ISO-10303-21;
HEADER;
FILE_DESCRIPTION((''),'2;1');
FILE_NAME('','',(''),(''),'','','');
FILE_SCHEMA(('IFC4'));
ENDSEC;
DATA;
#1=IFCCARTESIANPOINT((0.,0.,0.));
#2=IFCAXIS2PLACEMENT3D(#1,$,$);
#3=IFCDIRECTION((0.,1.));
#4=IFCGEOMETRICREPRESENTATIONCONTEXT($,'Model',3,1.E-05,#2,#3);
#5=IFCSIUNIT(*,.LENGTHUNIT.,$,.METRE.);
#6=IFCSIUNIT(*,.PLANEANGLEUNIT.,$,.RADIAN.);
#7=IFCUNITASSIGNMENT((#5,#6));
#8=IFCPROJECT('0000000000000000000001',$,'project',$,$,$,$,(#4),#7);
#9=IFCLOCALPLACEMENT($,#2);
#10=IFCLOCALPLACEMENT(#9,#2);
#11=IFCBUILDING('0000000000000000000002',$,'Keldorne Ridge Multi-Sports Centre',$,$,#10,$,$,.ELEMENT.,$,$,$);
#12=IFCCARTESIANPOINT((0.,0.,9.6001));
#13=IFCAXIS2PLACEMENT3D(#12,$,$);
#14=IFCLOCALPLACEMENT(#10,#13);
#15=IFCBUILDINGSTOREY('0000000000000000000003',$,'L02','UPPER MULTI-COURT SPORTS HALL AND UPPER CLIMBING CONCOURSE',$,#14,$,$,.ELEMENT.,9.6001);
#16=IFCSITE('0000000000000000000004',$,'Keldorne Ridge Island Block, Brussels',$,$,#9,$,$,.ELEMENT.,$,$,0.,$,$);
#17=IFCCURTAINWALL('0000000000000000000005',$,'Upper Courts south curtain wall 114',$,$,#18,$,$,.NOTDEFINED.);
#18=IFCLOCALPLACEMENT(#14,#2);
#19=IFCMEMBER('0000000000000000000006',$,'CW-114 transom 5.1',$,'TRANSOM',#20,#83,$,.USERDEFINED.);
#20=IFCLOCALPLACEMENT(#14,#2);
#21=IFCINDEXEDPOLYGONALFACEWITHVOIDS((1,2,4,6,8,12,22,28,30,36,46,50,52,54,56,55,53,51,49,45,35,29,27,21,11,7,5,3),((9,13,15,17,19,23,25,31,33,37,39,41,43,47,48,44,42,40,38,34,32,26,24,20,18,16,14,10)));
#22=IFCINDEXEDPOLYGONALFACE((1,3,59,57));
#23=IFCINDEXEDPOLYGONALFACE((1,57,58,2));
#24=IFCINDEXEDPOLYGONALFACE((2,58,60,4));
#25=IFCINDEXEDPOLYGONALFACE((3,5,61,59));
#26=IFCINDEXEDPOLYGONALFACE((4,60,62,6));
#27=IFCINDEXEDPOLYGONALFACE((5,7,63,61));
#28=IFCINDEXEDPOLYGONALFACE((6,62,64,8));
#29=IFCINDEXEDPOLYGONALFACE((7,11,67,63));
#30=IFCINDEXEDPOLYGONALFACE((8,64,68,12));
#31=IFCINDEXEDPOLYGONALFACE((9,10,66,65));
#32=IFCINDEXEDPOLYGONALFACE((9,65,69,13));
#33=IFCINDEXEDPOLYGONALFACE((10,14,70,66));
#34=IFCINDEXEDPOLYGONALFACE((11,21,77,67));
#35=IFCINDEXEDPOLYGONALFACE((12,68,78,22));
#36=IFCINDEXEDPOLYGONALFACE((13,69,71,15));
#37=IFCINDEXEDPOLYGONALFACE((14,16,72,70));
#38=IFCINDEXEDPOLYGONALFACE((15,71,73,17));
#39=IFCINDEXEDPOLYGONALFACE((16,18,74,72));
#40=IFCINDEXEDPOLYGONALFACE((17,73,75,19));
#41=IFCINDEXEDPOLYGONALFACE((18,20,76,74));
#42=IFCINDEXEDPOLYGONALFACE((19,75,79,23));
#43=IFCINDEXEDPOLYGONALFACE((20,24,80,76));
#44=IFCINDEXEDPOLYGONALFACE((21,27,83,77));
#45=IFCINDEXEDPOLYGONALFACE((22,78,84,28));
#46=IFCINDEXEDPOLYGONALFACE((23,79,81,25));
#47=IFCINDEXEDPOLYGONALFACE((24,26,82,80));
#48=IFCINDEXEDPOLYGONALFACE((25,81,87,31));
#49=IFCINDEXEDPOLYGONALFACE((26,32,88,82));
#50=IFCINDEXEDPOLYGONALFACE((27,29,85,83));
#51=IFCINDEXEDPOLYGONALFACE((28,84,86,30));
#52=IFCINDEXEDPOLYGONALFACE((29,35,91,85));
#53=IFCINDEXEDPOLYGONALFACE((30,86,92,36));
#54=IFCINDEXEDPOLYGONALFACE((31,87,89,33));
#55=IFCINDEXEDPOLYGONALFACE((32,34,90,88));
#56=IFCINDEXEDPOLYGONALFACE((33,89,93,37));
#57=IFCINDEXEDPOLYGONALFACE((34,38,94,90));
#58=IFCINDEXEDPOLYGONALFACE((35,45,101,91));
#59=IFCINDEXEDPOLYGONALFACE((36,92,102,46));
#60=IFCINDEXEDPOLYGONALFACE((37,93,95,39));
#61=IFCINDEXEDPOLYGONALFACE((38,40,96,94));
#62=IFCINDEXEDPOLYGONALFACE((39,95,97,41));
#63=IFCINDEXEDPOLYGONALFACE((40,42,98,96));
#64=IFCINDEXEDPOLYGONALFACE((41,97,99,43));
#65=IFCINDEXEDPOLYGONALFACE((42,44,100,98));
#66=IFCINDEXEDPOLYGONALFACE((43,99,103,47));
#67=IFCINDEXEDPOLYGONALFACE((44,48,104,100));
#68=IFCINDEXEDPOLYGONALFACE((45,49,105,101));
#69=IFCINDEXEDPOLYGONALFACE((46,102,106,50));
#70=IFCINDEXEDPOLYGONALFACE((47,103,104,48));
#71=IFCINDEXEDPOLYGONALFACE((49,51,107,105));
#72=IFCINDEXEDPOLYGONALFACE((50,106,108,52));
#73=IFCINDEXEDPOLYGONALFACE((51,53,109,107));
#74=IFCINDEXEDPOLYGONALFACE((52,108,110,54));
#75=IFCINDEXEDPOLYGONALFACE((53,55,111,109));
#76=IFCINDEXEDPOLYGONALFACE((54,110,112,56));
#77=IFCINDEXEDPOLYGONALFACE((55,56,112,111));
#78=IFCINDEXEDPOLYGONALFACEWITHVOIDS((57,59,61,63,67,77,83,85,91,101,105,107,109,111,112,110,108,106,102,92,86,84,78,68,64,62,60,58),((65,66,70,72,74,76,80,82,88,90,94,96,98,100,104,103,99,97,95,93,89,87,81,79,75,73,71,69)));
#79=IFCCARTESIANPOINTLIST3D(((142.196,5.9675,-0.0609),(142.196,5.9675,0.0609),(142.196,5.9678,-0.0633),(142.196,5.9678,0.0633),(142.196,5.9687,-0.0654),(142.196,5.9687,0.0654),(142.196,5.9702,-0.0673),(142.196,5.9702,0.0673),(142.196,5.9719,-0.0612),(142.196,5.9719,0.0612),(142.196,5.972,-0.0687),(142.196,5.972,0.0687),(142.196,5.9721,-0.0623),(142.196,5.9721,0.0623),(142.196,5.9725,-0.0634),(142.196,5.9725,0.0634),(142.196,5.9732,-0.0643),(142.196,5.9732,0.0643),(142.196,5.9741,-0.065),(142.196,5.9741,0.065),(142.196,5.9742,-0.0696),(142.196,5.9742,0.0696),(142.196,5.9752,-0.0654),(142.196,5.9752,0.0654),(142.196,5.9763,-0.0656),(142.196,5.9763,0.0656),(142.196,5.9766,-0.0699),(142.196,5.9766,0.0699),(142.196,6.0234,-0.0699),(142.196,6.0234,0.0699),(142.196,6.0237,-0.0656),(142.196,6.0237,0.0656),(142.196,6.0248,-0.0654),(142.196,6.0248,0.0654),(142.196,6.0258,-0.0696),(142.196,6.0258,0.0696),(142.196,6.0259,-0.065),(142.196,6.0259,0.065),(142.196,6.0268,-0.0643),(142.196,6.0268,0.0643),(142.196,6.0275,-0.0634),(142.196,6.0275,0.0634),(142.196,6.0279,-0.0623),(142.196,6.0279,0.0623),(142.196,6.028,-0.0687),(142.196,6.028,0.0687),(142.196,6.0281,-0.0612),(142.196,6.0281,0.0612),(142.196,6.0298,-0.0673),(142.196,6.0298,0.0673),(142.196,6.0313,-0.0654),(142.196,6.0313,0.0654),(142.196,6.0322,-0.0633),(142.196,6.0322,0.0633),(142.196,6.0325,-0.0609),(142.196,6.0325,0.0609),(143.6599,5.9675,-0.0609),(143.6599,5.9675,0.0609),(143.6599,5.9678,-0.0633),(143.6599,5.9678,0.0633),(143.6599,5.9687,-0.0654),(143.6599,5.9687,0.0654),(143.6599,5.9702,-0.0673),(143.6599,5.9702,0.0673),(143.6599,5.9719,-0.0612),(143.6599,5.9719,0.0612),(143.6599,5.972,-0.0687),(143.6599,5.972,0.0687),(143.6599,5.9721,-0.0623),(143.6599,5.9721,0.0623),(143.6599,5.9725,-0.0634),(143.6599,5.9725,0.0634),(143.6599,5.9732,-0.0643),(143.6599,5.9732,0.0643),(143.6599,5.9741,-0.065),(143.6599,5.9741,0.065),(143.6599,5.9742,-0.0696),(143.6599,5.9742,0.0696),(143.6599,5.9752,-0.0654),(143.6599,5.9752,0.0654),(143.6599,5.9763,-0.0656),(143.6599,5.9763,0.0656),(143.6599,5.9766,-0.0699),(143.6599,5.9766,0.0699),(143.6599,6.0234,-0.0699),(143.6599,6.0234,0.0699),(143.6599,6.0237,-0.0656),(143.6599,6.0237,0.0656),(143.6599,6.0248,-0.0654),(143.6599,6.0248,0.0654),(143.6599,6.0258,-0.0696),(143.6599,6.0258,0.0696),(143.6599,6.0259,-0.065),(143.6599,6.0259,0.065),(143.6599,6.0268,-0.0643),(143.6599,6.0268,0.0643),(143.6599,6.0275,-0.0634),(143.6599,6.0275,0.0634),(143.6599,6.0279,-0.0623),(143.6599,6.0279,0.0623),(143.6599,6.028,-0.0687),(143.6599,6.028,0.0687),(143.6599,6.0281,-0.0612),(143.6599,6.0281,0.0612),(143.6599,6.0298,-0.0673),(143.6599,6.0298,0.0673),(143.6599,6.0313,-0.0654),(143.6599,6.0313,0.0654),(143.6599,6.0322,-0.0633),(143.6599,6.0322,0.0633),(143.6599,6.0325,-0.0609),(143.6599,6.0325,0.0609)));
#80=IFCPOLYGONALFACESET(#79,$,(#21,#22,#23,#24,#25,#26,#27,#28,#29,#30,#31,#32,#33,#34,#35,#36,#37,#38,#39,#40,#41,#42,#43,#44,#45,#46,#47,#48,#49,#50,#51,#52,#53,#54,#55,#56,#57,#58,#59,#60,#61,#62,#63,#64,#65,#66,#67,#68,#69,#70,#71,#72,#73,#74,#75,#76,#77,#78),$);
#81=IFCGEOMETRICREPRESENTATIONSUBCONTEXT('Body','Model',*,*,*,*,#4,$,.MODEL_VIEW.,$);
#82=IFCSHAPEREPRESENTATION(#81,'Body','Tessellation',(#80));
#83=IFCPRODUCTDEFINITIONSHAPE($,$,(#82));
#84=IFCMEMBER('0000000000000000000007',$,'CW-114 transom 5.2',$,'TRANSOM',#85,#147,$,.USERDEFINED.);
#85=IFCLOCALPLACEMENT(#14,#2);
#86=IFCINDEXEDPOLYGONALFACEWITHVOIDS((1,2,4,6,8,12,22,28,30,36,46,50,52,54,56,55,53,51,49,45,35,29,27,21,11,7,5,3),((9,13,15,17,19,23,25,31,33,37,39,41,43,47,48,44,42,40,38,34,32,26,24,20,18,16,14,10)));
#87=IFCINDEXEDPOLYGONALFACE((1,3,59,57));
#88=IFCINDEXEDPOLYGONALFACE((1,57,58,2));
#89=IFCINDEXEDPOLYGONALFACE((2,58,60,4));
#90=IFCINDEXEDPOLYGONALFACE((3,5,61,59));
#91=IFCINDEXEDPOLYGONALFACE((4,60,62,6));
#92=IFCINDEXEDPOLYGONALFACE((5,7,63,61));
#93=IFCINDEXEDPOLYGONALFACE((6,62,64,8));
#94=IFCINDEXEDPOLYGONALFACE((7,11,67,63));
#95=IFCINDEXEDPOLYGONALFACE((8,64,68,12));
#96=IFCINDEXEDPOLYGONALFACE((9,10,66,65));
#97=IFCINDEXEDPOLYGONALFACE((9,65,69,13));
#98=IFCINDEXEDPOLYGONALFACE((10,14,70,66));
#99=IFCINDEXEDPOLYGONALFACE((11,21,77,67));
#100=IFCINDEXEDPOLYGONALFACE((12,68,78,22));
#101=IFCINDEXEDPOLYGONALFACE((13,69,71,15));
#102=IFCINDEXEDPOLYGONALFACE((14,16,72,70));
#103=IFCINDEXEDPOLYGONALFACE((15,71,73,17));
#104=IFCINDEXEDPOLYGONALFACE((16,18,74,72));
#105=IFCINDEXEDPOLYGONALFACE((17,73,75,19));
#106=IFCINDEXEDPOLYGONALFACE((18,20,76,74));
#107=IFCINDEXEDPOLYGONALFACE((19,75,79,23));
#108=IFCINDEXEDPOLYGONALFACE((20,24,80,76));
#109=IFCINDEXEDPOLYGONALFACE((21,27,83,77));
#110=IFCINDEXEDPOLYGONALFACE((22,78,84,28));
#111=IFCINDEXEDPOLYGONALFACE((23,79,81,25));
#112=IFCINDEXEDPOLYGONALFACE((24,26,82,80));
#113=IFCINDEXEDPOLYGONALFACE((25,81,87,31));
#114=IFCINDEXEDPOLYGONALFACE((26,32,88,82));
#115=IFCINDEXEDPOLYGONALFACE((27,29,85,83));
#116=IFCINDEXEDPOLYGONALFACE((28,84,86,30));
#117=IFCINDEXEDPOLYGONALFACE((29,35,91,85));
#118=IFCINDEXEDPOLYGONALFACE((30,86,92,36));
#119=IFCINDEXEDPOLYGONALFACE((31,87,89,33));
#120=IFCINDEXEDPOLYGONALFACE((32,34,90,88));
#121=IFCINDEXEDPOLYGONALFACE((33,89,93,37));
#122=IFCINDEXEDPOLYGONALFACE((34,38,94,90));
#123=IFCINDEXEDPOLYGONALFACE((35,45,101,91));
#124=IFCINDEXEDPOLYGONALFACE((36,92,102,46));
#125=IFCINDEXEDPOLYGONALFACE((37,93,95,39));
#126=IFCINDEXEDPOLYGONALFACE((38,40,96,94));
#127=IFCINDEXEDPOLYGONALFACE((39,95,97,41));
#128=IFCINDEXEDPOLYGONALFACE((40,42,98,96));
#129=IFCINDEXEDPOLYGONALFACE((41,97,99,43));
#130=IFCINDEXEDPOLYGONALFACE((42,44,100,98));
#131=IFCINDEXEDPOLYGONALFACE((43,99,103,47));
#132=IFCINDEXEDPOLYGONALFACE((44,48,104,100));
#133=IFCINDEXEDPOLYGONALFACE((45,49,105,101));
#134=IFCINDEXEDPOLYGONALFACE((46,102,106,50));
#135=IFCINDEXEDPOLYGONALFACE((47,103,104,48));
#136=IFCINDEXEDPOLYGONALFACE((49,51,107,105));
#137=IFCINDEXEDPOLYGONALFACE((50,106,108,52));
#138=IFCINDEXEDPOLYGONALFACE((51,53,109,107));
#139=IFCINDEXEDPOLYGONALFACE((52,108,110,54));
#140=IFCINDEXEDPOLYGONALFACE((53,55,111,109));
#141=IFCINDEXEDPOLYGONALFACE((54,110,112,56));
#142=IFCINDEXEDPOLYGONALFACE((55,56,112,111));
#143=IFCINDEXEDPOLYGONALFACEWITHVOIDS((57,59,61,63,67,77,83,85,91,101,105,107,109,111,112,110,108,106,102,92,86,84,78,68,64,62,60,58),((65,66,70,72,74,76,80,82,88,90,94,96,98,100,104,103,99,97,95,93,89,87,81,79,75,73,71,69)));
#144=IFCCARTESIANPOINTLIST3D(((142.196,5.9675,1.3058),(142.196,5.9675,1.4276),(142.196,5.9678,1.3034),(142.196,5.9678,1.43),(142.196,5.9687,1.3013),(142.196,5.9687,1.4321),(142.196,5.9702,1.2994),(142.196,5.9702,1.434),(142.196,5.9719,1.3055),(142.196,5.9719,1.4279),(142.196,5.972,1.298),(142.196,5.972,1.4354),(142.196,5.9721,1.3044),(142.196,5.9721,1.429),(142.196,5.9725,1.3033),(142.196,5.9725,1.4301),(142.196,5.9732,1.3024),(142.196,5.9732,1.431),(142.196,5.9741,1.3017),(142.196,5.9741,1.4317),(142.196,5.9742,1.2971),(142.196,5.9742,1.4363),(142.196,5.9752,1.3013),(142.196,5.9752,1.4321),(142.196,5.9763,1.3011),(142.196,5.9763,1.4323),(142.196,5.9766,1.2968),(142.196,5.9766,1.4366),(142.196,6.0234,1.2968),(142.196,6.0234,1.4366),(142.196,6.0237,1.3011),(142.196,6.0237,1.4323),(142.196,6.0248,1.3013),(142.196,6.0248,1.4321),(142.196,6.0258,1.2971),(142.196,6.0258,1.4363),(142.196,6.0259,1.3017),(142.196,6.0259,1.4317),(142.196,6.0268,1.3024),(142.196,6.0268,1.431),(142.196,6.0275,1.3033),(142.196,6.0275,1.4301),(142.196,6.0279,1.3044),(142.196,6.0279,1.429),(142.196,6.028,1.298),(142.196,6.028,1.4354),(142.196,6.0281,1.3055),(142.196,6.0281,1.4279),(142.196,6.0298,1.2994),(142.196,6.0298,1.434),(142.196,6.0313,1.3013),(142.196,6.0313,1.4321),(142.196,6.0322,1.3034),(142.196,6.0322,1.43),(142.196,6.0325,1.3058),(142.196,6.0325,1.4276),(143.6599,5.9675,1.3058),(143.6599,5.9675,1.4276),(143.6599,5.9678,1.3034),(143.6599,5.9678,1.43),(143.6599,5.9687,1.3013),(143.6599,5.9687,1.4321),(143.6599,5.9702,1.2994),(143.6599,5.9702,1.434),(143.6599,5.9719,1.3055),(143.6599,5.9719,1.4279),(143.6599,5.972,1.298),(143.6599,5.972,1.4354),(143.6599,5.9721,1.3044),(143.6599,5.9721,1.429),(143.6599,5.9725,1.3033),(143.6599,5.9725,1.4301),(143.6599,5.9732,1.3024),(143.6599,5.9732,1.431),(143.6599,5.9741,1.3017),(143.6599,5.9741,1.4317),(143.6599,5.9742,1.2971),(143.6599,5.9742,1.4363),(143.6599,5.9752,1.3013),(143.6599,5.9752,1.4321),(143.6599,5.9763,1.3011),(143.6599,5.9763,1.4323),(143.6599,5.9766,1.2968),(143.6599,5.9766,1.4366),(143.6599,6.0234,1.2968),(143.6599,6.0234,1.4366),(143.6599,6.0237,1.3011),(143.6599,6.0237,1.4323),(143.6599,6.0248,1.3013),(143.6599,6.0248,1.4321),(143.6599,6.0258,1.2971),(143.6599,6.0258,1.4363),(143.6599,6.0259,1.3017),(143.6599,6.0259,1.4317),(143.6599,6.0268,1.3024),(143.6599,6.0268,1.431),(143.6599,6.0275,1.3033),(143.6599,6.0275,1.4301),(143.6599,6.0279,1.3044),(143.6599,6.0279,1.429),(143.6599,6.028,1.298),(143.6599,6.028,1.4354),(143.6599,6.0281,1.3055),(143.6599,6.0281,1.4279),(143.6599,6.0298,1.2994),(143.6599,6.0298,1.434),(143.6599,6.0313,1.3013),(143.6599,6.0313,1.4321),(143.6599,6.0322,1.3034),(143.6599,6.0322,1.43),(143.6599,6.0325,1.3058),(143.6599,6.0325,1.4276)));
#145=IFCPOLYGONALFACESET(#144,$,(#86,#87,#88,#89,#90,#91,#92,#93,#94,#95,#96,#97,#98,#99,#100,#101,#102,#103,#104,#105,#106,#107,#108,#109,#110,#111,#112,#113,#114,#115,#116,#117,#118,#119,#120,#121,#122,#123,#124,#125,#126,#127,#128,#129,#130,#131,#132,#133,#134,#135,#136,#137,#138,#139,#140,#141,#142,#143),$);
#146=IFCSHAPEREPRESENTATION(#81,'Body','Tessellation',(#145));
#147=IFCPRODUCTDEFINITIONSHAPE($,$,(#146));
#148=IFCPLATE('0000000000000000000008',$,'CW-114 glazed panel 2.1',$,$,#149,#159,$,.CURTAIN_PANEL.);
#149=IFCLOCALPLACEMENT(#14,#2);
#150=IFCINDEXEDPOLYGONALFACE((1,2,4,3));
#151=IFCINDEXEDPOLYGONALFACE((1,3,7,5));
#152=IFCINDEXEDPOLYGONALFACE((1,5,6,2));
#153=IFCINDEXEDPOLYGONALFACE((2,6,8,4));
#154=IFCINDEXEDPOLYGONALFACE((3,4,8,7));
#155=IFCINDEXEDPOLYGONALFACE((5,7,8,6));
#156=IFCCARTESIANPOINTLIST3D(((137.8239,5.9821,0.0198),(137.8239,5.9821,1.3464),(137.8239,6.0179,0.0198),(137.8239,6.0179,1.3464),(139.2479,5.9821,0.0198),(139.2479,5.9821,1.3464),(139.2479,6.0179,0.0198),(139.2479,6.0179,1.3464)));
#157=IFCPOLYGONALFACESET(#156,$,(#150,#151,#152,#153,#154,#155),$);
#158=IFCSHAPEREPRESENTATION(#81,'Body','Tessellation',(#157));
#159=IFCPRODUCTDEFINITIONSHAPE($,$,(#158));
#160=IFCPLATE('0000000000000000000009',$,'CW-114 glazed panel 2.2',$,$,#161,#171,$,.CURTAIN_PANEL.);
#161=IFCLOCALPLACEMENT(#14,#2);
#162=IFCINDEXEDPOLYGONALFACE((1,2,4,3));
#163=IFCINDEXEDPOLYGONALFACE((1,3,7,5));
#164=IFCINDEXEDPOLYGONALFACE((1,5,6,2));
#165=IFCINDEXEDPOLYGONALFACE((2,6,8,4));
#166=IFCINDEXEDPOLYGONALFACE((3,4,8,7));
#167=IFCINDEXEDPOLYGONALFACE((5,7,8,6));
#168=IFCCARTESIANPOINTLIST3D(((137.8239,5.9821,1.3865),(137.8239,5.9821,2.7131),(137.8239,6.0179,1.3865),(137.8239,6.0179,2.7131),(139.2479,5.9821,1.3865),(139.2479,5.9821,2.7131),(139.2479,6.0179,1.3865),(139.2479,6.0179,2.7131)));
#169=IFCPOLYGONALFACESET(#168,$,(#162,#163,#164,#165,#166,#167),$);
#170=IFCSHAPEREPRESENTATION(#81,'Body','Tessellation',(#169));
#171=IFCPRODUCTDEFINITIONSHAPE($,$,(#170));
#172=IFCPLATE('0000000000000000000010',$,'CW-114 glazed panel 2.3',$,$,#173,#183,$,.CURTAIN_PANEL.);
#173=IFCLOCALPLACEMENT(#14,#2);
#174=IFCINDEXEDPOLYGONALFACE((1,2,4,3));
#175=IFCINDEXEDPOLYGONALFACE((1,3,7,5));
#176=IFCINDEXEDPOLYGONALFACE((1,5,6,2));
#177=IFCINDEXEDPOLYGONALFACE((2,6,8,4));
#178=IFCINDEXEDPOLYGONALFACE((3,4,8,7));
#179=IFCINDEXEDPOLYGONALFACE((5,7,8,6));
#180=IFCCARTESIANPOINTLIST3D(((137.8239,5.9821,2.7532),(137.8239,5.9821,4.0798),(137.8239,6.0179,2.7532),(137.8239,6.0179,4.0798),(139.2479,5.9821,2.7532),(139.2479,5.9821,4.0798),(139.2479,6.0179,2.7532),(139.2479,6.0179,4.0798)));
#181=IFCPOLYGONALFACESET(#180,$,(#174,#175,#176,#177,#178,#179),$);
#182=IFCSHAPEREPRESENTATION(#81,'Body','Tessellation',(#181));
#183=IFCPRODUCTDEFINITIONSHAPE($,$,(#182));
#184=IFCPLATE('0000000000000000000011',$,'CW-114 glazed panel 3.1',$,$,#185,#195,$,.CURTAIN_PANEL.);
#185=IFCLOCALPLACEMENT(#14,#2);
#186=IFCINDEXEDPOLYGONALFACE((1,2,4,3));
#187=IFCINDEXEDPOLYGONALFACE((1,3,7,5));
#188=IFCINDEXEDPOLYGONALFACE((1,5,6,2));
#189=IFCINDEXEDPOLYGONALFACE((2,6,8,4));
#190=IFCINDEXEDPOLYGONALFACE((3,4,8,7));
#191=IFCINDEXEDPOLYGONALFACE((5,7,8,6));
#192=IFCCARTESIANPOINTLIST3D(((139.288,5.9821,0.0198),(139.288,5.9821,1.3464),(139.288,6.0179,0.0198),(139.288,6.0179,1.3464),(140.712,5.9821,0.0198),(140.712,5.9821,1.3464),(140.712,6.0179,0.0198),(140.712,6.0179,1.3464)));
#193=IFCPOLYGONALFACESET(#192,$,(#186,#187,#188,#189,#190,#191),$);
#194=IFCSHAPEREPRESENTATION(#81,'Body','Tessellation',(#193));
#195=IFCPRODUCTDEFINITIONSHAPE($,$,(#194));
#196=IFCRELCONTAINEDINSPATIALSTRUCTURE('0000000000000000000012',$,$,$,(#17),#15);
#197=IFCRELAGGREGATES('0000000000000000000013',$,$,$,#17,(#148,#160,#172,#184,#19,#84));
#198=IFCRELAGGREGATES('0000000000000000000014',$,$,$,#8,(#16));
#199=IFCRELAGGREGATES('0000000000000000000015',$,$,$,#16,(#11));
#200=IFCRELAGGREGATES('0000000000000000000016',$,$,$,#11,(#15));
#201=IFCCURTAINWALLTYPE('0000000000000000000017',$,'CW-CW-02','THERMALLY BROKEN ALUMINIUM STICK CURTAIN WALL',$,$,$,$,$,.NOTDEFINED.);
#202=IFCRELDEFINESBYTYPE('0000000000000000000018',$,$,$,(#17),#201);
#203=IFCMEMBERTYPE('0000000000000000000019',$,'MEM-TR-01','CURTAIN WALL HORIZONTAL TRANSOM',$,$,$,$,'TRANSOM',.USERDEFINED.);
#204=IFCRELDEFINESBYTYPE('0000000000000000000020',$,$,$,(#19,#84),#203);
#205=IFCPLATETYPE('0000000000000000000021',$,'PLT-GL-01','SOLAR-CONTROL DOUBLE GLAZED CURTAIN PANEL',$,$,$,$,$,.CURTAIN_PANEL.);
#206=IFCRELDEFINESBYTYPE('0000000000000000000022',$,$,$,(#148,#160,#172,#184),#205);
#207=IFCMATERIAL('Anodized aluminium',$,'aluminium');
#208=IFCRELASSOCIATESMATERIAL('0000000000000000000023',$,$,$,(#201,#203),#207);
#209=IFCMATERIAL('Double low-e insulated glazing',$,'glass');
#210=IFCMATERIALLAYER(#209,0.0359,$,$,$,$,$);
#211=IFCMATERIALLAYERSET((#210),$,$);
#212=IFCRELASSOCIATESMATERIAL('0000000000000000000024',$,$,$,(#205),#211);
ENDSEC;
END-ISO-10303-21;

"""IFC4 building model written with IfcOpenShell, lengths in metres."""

from ifc_helpers import new_model, si_unit, direction, frame, origin, origin_2d, place, context, subcontext, project, spatial, rectangle, hollow_rectangle, extrude, material, layer, layer_set, material_profile, profile_set, type_object, element, aggregate, save


model = new_model("IFC4")

# Units and contexts
model_context = context("Model", 3, precision=1e-05, world=origin(), true_north=direction((0.0, 1.0)))
body_context = subcontext(model_context, "Body", "Model", "MODEL_VIEW")
ifc_project = project(units=[si_unit("LENGTHUNIT", "METRE"), si_unit("PLANEANGLEUNIT", "RADIAN")], contexts=[model_context])

# Site, building, storey
site_placement = place(None, origin())
site = spatial("IfcSite", under=ifc_project, at=site_placement, Name="Keldorne Ridge Island Block, Brussels", CompositionType="ELEMENT", RefElevation=0.0)
building_placement = place(site_placement, origin())
building = spatial("IfcBuilding", under=site, at=building_placement, Name="Keldorne Ridge Multi-Sports Centre", CompositionType="ELEMENT")
storey_placement = place(building_placement, frame((0.0, 0.0, 9.6001)))
storey = spatial("IfcBuildingStorey", under=building, at=storey_placement, Name="L02", Description="UPPER MULTI-COURT SPORTS HALL AND UPPER CLIMBING CONCOURSE", CompositionType="ELEMENT", Elevation=9.6001)

# Curtain wall, members, plates
ifc_material_1 = material(Name="Anodized aluminium", Category="aluminium")
curtain_wall_type = type_object("IfcCurtainWallType", Name="CW-CW-02", Description="THERMALLY BROKEN ALUMINIUM STICK CURTAIN WALL", PredefinedType="NOTDEFINED", material=ifc_material_1)
curtain_wall_placement = place(storey_placement, origin())
curtain_wall = element("IfcCurtainWall", 1, at=curtain_wall_placement, inside=storey, type_object=curtain_wall_type, Name="Upper Courts south curtain wall 114", PredefinedType="NOTDEFINED")
ifc_material_profile_1 = material_profile(ifc_material_1, hollow_rectangle(XDim=0.0649, YDim=0.1399, WallThickness=0.0044, InnerFilletRadius=0.0044, OuterFilletRadius=0.009, at=origin_2d()), Name="ALU TRANSOM 140x65x4.5")
ifc_profile_set_1 = profile_set([ifc_material_profile_1], Name="Anodized aluminium")
member_type_1 = type_object("IfcMemberType", Name="MEM-TR-01", Description="CURTAIN WALL HORIZONTAL TRANSOM", ElementType="TRANSOM", PredefinedType="USERDEFINED", material=ifc_profile_set_1)
member_1_placement = place(storey_placement, frame((142.196, 6.0, 0.0), z_axis=(1.0, 0.0, 0.0), x_axis=(0.0, 1.0, 0.0)))
member_1 = element("IfcMember", 2, at=member_1_placement, type_object=member_type_1, Name="CW-114 transom 5.1", ObjectType="TRANSOM", PredefinedType="USERDEFINED", context=body_context, shape_type="SweptSolid", body=[
    extrude(hollow_rectangle(XDim=0.0649, YDim=0.1399, WallThickness=0.0044, InnerFilletRadius=0.0044, OuterFilletRadius=0.009, at=origin_2d()), origin(), (0.0, 0.0, 1.0), 1.4639),
])
member_2_placement = place(storey_placement, frame((142.196, 6.0, 1.3667), z_axis=(1.0, 0.0, 0.0), x_axis=(0.0, 1.0, 0.0)))
member_2 = element("IfcMember", 3, at=member_2_placement, type_object=member_type_1, Name="CW-114 transom 5.2", ObjectType="TRANSOM", PredefinedType="USERDEFINED", context=body_context, shape_type="SweptSolid", body=[
    extrude(hollow_rectangle(XDim=0.0649, YDim=0.1399, WallThickness=0.0044, InnerFilletRadius=0.0044, OuterFilletRadius=0.009, at=origin_2d()), origin(), (0.0, 0.0, 1.0), 1.4639),
])
ifc_material_2 = material(Name="Double low-e insulated glazing", Category="glass")
ifc_layer = layer(ifc_material_2, 0.0359)
ifc_layer_set = layer_set([ifc_layer])
plate_type = type_object("IfcPlateType", Name="PLT-GL-01", Description="SOLAR-CONTROL DOUBLE GLAZED CURTAIN PANEL", PredefinedType="CURTAIN_PANEL", material=ifc_layer_set)
plate_1_placement = place(storey_placement, frame((138.5359, 6.0, 0.0198), z_axis=(0.0, 0.0, 1.0), x_axis=(1.0, 0.0, 0.0)))
plate_1 = element("IfcPlate", 4, at=plate_1_placement, type_object=plate_type, Name="CW-114 glazed panel 2.1", PredefinedType="CURTAIN_PANEL", context=body_context, shape_type="SweptSolid", body=[
    extrude(rectangle(XDim=1.4241, YDim=0.0359, at=origin_2d()), origin(), (0.0, 0.0, 1.0), 1.3267),
])
plate_2_placement = place(storey_placement, frame((138.5359, 6.0, 1.3865), z_axis=(0.0, 0.0, 1.0), x_axis=(1.0, 0.0, 0.0)))
plate_2 = element("IfcPlate", 5, at=plate_2_placement, type_object=plate_type, Name="CW-114 glazed panel 2.2", PredefinedType="CURTAIN_PANEL", context=body_context, shape_type="SweptSolid", body=[
    extrude(rectangle(XDim=1.4241, YDim=0.0359, at=origin_2d()), origin(), (0.0, 0.0, 1.0), 1.3267),
])
plate_3_placement = place(storey_placement, frame((138.5359, 6.0, 2.7532), z_axis=(0.0, 0.0, 1.0), x_axis=(1.0, 0.0, 0.0)))
plate_3 = element("IfcPlate", 6, at=plate_3_placement, type_object=plate_type, Name="CW-114 glazed panel 2.3", PredefinedType="CURTAIN_PANEL", context=body_context, shape_type="SweptSolid", body=[
    extrude(rectangle(XDim=1.4241, YDim=0.0359, at=origin_2d()), origin(), (0.0, 0.0, 1.0), 1.3267),
])
plate_4_placement = place(storey_placement, frame((140.0, 6.0, 0.0198), z_axis=(0.0, 0.0, 1.0), x_axis=(1.0, 0.0, 0.0)))
plate_4 = element("IfcPlate", 7, at=plate_4_placement, type_object=plate_type, Name="CW-114 glazed panel 3.1", PredefinedType="CURTAIN_PANEL", context=body_context, shape_type="SweptSolid", body=[
    extrude(rectangle(XDim=1.4241, YDim=0.0359, at=origin_2d()), origin(), (0.0, 0.0, 1.0), 1.3267),
])
aggregate(curtain_wall, [plate_1, plate_2, plate_3, plate_4, member_1, member_2])

save(model, "model.ifc")
